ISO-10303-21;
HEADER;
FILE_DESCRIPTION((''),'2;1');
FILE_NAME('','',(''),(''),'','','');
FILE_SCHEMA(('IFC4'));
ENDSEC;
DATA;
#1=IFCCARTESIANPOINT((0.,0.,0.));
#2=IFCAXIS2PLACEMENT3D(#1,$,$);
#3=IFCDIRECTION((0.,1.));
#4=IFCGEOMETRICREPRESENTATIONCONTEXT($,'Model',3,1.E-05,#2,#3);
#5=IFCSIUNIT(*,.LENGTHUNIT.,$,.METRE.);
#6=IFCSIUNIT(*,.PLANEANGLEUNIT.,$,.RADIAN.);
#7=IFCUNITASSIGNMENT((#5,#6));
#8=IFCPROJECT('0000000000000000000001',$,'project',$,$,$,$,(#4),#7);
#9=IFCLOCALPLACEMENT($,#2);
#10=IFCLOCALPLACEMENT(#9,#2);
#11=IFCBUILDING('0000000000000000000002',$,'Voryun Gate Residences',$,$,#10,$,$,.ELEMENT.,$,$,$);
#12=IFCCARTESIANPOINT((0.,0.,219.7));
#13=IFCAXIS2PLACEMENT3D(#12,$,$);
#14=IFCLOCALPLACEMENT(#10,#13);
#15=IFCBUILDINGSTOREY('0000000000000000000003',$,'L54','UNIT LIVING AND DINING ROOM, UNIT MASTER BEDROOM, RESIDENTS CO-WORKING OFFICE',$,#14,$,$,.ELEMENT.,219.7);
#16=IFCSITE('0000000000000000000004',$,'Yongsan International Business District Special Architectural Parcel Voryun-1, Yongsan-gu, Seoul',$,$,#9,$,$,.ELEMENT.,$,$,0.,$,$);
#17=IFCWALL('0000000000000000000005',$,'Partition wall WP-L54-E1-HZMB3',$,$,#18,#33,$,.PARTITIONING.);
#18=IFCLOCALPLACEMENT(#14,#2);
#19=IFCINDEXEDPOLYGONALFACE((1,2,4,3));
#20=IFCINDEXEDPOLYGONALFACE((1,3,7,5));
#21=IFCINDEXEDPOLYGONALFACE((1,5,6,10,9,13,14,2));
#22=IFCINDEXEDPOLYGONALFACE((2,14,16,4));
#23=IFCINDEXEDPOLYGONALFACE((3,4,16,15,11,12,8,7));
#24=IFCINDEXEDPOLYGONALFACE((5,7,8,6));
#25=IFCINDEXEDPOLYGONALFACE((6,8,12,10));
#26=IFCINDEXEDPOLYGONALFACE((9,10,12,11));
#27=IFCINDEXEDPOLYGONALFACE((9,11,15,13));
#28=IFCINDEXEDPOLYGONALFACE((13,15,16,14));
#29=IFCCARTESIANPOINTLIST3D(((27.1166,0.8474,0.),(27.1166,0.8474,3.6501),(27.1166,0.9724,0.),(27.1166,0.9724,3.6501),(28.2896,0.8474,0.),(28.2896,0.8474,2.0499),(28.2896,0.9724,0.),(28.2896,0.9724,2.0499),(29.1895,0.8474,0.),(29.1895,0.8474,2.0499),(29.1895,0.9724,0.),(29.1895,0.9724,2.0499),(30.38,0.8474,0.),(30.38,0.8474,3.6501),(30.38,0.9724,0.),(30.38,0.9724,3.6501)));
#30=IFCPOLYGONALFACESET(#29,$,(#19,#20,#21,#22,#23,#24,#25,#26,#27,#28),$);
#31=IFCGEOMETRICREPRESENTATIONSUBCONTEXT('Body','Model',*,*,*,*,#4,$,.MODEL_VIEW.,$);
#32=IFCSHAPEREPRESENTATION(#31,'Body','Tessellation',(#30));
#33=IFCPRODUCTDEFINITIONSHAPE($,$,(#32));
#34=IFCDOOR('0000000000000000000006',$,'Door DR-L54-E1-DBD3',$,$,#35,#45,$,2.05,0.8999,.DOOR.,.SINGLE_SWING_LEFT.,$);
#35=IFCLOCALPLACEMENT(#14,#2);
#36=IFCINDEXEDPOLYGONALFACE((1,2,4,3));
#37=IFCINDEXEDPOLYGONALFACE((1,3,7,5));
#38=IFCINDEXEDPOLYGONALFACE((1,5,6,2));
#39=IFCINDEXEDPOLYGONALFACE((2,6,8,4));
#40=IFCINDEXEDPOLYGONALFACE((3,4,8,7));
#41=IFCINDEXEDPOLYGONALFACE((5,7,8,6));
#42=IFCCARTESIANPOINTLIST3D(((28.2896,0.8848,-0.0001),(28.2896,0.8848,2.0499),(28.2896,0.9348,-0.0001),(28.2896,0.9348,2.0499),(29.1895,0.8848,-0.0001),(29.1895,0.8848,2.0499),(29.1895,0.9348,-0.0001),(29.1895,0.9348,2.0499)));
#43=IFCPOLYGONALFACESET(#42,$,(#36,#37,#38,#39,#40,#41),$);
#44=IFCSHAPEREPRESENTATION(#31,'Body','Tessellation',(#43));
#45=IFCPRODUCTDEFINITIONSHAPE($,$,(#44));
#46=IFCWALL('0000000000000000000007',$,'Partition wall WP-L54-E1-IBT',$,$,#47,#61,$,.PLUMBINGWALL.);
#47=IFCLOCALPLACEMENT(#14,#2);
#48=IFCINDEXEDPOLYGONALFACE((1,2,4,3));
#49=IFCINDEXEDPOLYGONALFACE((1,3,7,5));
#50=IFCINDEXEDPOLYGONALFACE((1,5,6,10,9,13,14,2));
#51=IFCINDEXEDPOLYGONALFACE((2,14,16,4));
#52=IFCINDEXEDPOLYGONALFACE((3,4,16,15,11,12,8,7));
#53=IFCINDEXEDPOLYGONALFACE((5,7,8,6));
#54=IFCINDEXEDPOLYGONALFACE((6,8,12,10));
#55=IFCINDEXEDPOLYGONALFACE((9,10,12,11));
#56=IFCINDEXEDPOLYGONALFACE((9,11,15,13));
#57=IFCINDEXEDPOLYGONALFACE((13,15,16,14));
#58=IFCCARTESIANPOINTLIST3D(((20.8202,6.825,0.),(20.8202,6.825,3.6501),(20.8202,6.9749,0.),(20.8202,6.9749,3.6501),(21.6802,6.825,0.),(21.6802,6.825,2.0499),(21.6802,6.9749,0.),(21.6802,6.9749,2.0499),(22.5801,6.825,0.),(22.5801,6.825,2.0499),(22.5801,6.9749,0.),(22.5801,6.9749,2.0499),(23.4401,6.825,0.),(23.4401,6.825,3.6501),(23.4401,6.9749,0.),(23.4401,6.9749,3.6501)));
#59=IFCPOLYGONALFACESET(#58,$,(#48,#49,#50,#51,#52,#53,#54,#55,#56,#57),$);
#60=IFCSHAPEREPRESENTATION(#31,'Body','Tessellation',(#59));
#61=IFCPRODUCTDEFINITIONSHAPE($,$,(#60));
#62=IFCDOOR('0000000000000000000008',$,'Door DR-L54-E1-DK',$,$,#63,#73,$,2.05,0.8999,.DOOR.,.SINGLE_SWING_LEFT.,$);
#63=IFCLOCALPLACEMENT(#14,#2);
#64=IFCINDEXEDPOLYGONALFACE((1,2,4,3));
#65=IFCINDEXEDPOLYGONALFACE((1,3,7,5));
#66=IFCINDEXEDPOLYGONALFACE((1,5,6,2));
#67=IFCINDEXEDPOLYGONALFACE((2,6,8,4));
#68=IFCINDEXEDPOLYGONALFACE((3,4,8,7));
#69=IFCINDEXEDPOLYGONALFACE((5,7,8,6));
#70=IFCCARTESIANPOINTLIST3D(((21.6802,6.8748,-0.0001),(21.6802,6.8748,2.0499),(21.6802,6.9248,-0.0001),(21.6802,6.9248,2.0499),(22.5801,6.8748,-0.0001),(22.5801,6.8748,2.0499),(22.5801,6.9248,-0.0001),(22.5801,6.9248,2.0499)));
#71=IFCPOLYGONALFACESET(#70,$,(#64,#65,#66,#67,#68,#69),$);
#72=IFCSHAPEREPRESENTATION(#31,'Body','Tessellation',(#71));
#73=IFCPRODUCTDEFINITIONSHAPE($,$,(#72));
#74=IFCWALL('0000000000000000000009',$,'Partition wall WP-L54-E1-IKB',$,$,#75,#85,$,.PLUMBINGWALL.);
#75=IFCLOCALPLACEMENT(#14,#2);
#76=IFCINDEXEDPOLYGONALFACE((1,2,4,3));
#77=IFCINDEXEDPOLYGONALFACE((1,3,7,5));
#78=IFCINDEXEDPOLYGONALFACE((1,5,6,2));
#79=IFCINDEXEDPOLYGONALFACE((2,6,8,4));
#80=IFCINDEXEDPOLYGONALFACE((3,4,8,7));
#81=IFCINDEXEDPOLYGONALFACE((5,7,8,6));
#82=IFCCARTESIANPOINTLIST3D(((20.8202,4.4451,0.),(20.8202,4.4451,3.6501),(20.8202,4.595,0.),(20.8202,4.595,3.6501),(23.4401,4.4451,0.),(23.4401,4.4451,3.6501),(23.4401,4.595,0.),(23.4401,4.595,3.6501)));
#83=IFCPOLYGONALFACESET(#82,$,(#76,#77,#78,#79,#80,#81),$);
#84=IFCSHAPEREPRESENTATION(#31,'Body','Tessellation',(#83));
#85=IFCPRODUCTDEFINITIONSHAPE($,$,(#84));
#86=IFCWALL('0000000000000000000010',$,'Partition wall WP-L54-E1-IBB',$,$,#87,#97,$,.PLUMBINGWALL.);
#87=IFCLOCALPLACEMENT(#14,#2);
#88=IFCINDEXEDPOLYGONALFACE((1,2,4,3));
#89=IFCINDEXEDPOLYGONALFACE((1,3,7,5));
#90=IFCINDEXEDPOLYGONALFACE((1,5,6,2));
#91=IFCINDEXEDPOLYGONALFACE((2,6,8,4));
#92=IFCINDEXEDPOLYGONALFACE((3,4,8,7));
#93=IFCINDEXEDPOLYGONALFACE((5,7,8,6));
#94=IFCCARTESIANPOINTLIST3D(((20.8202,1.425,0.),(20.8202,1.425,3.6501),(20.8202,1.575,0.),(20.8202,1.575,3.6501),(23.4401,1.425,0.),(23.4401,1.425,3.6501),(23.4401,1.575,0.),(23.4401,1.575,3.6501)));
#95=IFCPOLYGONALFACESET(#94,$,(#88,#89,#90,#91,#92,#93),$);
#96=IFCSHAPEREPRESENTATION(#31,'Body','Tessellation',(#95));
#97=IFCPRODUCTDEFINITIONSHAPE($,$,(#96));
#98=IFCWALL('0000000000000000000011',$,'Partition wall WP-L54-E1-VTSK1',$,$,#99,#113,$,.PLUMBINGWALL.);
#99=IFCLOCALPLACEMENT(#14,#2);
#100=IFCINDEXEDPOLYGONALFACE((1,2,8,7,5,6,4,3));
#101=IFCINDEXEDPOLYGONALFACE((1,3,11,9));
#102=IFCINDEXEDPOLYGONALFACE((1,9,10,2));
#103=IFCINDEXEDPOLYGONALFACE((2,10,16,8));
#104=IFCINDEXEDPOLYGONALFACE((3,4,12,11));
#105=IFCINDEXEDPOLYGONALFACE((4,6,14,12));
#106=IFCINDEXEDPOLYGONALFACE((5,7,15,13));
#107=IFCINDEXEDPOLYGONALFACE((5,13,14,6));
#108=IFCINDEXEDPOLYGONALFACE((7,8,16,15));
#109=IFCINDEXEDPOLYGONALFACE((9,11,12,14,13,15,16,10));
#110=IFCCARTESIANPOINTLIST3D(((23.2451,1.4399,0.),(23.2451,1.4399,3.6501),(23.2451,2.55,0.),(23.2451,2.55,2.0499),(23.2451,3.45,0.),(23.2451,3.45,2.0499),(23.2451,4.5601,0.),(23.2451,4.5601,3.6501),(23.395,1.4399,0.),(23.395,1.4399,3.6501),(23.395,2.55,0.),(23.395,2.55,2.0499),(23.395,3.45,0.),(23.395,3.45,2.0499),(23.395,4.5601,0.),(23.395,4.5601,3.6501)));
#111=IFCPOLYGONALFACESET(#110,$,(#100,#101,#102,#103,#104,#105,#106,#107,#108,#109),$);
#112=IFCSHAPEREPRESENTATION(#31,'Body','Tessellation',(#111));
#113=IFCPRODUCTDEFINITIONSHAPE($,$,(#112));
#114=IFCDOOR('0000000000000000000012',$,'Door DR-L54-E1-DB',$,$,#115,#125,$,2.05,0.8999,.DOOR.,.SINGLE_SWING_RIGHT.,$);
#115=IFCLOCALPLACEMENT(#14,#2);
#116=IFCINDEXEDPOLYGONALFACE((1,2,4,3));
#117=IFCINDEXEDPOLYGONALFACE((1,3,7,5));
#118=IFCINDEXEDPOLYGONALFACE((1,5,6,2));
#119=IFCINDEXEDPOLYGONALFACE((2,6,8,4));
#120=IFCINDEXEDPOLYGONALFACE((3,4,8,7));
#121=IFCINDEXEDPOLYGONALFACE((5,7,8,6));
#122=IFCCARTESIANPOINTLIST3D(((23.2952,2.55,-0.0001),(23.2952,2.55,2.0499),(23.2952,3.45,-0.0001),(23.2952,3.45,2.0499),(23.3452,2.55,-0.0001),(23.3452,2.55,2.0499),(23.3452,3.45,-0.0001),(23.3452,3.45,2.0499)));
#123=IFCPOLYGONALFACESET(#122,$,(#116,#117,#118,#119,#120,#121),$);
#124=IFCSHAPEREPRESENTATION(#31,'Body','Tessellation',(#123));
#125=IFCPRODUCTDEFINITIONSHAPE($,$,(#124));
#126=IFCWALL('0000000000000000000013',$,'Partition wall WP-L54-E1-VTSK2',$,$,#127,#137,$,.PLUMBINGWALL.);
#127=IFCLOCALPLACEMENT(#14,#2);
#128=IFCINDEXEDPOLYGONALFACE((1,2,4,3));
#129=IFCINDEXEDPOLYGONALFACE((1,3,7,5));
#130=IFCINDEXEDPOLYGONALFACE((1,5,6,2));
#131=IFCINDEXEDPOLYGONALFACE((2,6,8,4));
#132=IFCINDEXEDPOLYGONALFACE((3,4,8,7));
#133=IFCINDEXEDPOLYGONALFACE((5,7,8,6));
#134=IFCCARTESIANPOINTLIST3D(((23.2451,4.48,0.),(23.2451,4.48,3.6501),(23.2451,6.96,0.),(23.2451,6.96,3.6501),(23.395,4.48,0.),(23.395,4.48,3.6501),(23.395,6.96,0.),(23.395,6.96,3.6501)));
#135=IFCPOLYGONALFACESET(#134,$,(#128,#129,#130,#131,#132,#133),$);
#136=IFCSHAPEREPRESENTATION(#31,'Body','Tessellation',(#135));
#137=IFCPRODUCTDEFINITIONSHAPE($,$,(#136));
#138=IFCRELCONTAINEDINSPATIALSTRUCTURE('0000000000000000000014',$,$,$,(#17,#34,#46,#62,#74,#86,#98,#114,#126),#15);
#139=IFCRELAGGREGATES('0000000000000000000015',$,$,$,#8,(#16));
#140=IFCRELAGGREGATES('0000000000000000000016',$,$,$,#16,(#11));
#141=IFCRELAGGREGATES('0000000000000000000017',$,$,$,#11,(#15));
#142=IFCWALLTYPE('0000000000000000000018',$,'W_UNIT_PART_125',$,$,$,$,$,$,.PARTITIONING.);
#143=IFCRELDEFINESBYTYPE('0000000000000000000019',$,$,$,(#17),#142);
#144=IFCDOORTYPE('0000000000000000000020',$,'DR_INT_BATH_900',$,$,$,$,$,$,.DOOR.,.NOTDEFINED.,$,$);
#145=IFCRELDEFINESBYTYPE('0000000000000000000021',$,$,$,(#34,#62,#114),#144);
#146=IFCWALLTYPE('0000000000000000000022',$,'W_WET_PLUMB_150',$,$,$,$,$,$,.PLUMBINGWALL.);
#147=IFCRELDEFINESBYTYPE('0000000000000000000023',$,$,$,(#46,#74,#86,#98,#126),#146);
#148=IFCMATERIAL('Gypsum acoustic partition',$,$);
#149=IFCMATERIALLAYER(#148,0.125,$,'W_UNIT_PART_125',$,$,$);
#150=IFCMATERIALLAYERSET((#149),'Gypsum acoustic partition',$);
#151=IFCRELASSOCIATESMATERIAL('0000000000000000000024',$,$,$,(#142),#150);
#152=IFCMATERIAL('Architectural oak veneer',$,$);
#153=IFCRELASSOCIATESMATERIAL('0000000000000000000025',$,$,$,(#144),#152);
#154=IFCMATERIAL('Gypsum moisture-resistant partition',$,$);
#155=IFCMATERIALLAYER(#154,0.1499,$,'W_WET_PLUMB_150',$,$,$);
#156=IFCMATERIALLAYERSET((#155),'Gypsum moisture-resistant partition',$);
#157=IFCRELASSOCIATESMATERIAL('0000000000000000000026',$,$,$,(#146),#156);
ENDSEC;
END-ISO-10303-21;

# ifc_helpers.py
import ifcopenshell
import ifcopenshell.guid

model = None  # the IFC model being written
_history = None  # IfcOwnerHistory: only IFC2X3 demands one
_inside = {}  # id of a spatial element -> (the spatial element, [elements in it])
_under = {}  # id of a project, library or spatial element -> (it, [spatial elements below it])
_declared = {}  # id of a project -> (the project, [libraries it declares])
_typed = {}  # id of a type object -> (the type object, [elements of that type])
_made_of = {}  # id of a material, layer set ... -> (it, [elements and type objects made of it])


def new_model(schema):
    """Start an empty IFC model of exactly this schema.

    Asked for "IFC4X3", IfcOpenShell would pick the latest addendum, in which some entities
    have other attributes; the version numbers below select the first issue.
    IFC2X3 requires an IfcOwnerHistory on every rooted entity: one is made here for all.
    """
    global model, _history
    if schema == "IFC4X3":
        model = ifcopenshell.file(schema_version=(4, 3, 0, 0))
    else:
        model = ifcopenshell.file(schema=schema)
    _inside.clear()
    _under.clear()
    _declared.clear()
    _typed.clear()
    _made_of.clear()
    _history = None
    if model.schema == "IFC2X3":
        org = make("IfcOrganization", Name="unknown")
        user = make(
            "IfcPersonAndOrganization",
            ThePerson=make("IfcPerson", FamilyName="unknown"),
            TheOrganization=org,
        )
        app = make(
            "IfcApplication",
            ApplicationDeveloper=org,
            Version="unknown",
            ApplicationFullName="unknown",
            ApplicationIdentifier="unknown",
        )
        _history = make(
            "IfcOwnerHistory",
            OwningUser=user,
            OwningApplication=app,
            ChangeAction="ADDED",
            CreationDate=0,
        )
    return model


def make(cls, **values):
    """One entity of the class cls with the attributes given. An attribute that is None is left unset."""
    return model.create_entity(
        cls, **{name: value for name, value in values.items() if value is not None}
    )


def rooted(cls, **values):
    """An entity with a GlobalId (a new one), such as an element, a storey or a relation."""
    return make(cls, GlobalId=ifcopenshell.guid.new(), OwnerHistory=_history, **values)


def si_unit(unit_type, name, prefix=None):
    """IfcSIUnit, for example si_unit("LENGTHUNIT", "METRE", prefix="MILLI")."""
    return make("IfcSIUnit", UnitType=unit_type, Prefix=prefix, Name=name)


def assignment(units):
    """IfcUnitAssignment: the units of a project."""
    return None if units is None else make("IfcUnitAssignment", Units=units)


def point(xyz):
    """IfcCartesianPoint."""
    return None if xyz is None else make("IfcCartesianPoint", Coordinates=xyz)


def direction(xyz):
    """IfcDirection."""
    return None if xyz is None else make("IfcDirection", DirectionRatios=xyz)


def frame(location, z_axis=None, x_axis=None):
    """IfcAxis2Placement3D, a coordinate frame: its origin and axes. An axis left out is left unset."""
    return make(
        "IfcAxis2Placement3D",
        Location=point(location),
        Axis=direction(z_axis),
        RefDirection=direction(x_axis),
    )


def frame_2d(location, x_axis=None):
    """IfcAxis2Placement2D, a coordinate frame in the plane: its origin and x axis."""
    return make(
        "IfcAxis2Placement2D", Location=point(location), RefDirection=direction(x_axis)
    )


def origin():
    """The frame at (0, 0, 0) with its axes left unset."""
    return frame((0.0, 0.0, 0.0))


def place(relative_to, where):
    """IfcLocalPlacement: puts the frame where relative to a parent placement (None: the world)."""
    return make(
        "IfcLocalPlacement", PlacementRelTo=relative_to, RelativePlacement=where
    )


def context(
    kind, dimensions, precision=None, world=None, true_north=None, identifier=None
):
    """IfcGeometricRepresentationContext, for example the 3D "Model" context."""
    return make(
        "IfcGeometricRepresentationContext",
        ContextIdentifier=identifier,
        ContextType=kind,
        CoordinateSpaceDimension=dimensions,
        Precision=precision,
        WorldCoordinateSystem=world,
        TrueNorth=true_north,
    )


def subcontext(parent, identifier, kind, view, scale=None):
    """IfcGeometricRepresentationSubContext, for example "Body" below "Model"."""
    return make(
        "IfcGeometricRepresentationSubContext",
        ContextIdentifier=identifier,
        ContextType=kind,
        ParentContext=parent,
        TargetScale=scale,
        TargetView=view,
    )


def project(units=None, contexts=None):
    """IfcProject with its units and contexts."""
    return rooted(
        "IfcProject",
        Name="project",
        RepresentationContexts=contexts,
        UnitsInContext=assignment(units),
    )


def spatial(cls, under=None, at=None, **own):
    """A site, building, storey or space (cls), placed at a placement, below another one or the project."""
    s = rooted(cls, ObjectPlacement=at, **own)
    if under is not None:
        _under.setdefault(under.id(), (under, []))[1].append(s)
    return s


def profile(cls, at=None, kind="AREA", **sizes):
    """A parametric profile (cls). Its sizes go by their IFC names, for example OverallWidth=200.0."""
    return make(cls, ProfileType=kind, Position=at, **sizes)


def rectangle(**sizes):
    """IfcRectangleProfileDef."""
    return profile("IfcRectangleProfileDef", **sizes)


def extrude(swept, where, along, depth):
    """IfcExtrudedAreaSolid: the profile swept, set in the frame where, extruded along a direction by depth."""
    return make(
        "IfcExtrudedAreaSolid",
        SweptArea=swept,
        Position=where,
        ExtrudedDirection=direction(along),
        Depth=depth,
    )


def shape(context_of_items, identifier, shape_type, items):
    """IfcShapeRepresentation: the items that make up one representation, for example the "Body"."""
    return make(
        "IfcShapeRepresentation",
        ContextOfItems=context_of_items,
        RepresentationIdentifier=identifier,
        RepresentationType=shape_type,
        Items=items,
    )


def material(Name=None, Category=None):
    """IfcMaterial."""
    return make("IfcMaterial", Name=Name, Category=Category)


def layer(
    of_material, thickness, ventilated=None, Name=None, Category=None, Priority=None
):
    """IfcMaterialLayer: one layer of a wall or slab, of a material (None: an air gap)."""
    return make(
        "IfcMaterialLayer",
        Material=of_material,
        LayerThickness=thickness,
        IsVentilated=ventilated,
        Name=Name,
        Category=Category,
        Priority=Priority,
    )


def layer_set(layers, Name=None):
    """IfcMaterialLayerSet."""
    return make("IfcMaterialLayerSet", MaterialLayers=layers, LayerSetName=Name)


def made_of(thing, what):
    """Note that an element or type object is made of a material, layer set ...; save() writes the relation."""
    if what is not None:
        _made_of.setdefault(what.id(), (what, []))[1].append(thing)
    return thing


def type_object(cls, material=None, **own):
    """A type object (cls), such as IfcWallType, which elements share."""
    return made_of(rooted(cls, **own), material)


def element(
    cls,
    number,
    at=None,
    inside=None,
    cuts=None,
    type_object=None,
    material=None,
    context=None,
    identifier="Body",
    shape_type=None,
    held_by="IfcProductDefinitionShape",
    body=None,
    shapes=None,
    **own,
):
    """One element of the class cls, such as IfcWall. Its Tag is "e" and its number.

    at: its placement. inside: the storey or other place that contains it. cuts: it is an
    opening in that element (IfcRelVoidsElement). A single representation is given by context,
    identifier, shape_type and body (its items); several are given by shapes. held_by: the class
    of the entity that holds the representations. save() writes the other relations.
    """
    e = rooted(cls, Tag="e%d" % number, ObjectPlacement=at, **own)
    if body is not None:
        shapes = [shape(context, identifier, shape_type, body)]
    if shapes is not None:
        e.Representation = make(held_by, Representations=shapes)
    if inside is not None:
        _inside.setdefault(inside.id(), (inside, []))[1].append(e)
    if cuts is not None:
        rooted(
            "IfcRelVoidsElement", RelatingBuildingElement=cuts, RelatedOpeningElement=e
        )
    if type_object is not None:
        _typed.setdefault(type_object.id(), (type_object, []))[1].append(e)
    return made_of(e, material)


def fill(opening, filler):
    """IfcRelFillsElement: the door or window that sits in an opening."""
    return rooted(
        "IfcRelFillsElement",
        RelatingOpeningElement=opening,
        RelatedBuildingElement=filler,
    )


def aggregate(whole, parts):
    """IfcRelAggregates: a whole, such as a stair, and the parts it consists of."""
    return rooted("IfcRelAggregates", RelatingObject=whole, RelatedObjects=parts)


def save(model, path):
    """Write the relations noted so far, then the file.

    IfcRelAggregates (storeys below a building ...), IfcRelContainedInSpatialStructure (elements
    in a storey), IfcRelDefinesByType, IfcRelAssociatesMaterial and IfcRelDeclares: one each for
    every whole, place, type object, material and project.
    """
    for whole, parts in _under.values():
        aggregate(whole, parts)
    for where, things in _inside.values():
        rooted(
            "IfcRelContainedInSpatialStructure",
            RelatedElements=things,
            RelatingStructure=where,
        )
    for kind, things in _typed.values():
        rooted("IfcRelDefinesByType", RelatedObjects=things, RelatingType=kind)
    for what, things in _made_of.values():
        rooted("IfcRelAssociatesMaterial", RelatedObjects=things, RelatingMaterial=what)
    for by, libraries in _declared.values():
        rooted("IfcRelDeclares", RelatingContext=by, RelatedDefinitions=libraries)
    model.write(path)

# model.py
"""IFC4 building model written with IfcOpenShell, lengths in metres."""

from ifc_helpers import new_model, si_unit, direction, frame, frame_2d, origin, place, context, subcontext, project, spatial, rectangle, extrude, material, layer, layer_set, type_object, element, fill, save


model = new_model("IFC4")

# Units and contexts
model_context = context("Model", 3, precision=1e-05, world=origin(), true_north=direction((0.0, 1.0)))
body_context = subcontext(model_context, "Body", "Model", "MODEL_VIEW")
ifc_project = project(units=[si_unit("LENGTHUNIT", "METRE"), si_unit("PLANEANGLEUNIT", "RADIAN")], contexts=[model_context])

# Site, building, storey
site_placement = place(None, origin())
site = spatial("IfcSite", under=ifc_project, at=site_placement, Name="Yongsan International Business District Special Architectural Parcel Voryun-1, Yongsan-gu, Seoul", CompositionType="ELEMENT", RefElevation=0.0)
building_placement = place(site_placement, origin())
building = spatial("IfcBuilding", under=site, at=building_placement, Name="Voryun Gate Residences", CompositionType="ELEMENT")
storey_placement = place(building_placement, frame((0.0, 0.0, 219.7)))
storey = spatial("IfcBuildingStorey", under=building, at=storey_placement, Name="L54", Description="UNIT LIVING AND DINING ROOM, UNIT MASTER BEDROOM, RESIDENTS CO-WORKING OFFICE", CompositionType="ELEMENT", Elevation=219.7)

# Walls, openings, doors
ifc_material_1 = material(Name="Gypsum acoustic partition")
ifc_layer_1 = layer(ifc_material_1, 0.125, Name="W_UNIT_PART_125")
ifc_layer_set_1 = layer_set([ifc_layer_1], Name="Gypsum acoustic partition")
wall_type_1 = type_object("IfcWallType", Name="W_UNIT_PART_125", PredefinedType="PARTITIONING", material=ifc_layer_set_1)
ifc_material_2 = material(Name="Architectural oak veneer")
door_type_1 = type_object("IfcDoorType", Name="DR_INT_BATH_900", OperationType="NOTDEFINED", PredefinedType="DOOR", material=ifc_material_2)
wall_1_placement = place(storey_placement, frame((27.1165, 0.9099, 0.0), z_axis=(0.0, 0.0, 1.0), x_axis=(1.0, 0.0, 0.0)))
wall_1 = element("IfcWall", 1, at=wall_1_placement, inside=storey, type_object=wall_type_1, Name="Partition wall WP-L54-E1-HZMB3", PredefinedType="PARTITIONING", context=body_context, shape_type="SweptSolid", body=[
    extrude(rectangle(XDim=3.2634, YDim=0.125, at=frame_2d((1.6318, 0.0))), origin(), (0.0, 0.0, 1.0), 3.6501),
])
opening_1_placement = place(wall_1_placement, frame((1.1731, 0.0, 0.0)))
opening_1 = element("IfcOpeningElement", 2, at=opening_1_placement, cuts=wall_1, PredefinedType="OPENING", context=body_context, shape_type="SweptSolid", body=[
    extrude(rectangle(XDim=0.8999, YDim=2.05, at=frame_2d((0.45, 1.0249))), frame((0.0, 0.0725, 0.0), z_axis=(0.0, -1.0, 0.0), x_axis=(1.0, 0.0, 0.0)), (0.0, 0.0, 1.0), 0.145),
])
door_1_placement = place(opening_1_placement, origin())
door_1 = element("IfcDoor", 3, at=door_1_placement, inside=storey, type_object=door_type_1, Name="Door DR-L54-E1-DBD3", OperationType="SINGLE_SWING_LEFT", OverallHeight=2.05, OverallWidth=0.8999, PredefinedType="DOOR", context=body_context, shape_type="SweptSolid", body=[
    extrude(rectangle(XDim=0.8999, YDim=2.05, at=frame_2d((0.45, 1.0249))), frame((0.0, 0.0249, 0.0), z_axis=(0.0, -1.0, 0.0), x_axis=(1.0, 0.0, 0.0)), (0.0, 0.0, 1.0), 0.05),
])
fill(opening_1, door_1)
ifc_material_3 = material(Name="Gypsum moisture-resistant partition")
ifc_layer_2 = layer(ifc_material_3, 0.1499, Name="W_WET_PLUMB_150")
ifc_layer_set_2 = layer_set([ifc_layer_2], Name="Gypsum moisture-resistant partition")
wall_type_2 = type_object("IfcWallType", Name="W_WET_PLUMB_150", PredefinedType="PLUMBINGWALL", material=ifc_layer_set_2)
wall_2_placement = place(storey_placement, frame((20.8201, 6.8999, 0.0), z_axis=(0.0, 0.0, 1.0), x_axis=(1.0, 0.0, 0.0)))
wall_2 = element("IfcWall", 4, at=wall_2_placement, inside=storey, type_object=wall_type_2, Name="Partition wall WP-L54-E1-IBT", PredefinedType="PLUMBINGWALL", context=body_context, shape_type="SweptSolid", body=[
    extrude(rectangle(XDim=2.6199, YDim=0.1499, at=frame_2d((1.3101, 0.0))), origin(), (0.0, 0.0, 1.0), 3.6501),
])
opening_2_placement = place(wall_2_placement, frame((0.8601, 0.0, 0.0)))
opening_2 = element("IfcOpeningElement", 5, at=opening_2_placement, cuts=wall_2, PredefinedType="OPENING", context=body_context, shape_type="SweptSolid", body=[
    extrude(rectangle(XDim=0.8999, YDim=2.05, at=frame_2d((0.45, 1.0249))), frame((0.0, 0.085, 0.0), z_axis=(0.0, -1.0, 0.0), x_axis=(1.0, 0.0, 0.0)), (0.0, 0.0, 1.0), 0.1699),
])
door_2_placement = place(opening_2_placement, origin())
door_2 = element("IfcDoor", 6, at=door_2_placement, inside=storey, type_object=door_type_1, Name="Door DR-L54-E1-DK", OperationType="SINGLE_SWING_LEFT", OverallHeight=2.05, OverallWidth=0.8999, PredefinedType="DOOR", context=body_context, shape_type="SweptSolid", body=[
    extrude(rectangle(XDim=0.8999, YDim=2.05, at=frame_2d((0.45, 1.0249))), frame((0.0, 0.0249, 0.0), z_axis=(0.0, -1.0, 0.0), x_axis=(1.0, 0.0, 0.0)), (0.0, 0.0, 1.0), 0.05),
])
fill(opening_2, door_2)

# Walls
for number, where, z_axis, x_axis, name in (
    (7, (20.8201, 4.52, 0.0), (0.0, 0.0, 1.0), (1.0, 0.0, 0.0), "Partition wall WP-L54-E1-IKB"),
    (8, (20.8201, 1.5, 0.0), (0.0, 0.0, 1.0), (1.0, 0.0, 0.0), "Partition wall WP-L54-E1-IBB"),
):
    element("IfcWall", number, at=place(storey_placement, frame(where, z_axis=z_axis, x_axis=x_axis)), inside=storey, type_object=wall_type_2, Name=name, PredefinedType="PLUMBINGWALL", context=body_context, shape_type="SweptSolid", body=[
        extrude(rectangle(XDim=2.6199, YDim=0.1499, at=frame_2d((1.3101, 0.0))), origin(), (0.0, 0.0, 1.0), 3.6501),
    ])

# Wall, opening, door
wall_3_placement = place(storey_placement, frame((23.3201, 1.4399, 0.0), z_axis=(0.0, 0.0, 1.0), x_axis=(0.0, 1.0, 0.0)))
wall_3 = element("IfcWall", 9, at=wall_3_placement, inside=storey, type_object=wall_type_2, Name="Partition wall WP-L54-E1-VTSK1", PredefinedType="PLUMBINGWALL", context=body_context, shape_type="SweptSolid", body=[
    extrude(rectangle(XDim=3.1201, YDim=0.1499, at=frame_2d((1.5601, 0.0))), origin(), (0.0, 0.0, 1.0), 3.6501),
])
opening_3_placement = place(wall_3_placement, frame((1.1101, 0.0, 0.0)))
opening_3 = element("IfcOpeningElement", 10, at=opening_3_placement, cuts=wall_3, PredefinedType="OPENING", context=body_context, shape_type="SweptSolid", body=[
    extrude(rectangle(XDim=0.8999, YDim=2.05, at=frame_2d((0.45, 1.0249))), frame((0.0, 0.085, 0.0), z_axis=(0.0, -1.0, 0.0), x_axis=(1.0, 0.0, 0.0)), (0.0, 0.0, 1.0), 0.1699),
])
door_3_placement = place(opening_3_placement, origin())
door_3 = element("IfcDoor", 11, at=door_3_placement, inside=storey, type_object=door_type_1, Name="Door DR-L54-E1-DB", OperationType="SINGLE_SWING_RIGHT", OverallHeight=2.05, OverallWidth=0.8999, PredefinedType="DOOR", context=body_context, shape_type="SweptSolid", body=[
    extrude(rectangle(XDim=0.8999, YDim=2.05, at=frame_2d((0.45, 1.0249))), frame((0.0, 0.0249, 0.0), z_axis=(0.0, -1.0, 0.0), x_axis=(1.0, 0.0, 0.0)), (0.0, 0.0, 1.0), 0.05),
])
fill(opening_3, door_3)

# Wall
wall_4_placement = place(storey_placement, frame((23.3201, 4.48, 0.0), z_axis=(0.0, 0.0, 1.0), x_axis=(0.0, 1.0, 0.0)))
element("IfcWall", 12, at=wall_4_placement, inside=storey, type_object=wall_type_2, Name="Partition wall WP-L54-E1-VTSK2", PredefinedType="PLUMBINGWALL", context=body_context, shape_type="SweptSolid", body=[
    extrude(rectangle(XDim=2.48, YDim=0.1499, at=frame_2d((1.24, 0.0))), origin(), (0.0, 0.0, 1.0), 3.6501),
])

save(model, "model.ifc")
